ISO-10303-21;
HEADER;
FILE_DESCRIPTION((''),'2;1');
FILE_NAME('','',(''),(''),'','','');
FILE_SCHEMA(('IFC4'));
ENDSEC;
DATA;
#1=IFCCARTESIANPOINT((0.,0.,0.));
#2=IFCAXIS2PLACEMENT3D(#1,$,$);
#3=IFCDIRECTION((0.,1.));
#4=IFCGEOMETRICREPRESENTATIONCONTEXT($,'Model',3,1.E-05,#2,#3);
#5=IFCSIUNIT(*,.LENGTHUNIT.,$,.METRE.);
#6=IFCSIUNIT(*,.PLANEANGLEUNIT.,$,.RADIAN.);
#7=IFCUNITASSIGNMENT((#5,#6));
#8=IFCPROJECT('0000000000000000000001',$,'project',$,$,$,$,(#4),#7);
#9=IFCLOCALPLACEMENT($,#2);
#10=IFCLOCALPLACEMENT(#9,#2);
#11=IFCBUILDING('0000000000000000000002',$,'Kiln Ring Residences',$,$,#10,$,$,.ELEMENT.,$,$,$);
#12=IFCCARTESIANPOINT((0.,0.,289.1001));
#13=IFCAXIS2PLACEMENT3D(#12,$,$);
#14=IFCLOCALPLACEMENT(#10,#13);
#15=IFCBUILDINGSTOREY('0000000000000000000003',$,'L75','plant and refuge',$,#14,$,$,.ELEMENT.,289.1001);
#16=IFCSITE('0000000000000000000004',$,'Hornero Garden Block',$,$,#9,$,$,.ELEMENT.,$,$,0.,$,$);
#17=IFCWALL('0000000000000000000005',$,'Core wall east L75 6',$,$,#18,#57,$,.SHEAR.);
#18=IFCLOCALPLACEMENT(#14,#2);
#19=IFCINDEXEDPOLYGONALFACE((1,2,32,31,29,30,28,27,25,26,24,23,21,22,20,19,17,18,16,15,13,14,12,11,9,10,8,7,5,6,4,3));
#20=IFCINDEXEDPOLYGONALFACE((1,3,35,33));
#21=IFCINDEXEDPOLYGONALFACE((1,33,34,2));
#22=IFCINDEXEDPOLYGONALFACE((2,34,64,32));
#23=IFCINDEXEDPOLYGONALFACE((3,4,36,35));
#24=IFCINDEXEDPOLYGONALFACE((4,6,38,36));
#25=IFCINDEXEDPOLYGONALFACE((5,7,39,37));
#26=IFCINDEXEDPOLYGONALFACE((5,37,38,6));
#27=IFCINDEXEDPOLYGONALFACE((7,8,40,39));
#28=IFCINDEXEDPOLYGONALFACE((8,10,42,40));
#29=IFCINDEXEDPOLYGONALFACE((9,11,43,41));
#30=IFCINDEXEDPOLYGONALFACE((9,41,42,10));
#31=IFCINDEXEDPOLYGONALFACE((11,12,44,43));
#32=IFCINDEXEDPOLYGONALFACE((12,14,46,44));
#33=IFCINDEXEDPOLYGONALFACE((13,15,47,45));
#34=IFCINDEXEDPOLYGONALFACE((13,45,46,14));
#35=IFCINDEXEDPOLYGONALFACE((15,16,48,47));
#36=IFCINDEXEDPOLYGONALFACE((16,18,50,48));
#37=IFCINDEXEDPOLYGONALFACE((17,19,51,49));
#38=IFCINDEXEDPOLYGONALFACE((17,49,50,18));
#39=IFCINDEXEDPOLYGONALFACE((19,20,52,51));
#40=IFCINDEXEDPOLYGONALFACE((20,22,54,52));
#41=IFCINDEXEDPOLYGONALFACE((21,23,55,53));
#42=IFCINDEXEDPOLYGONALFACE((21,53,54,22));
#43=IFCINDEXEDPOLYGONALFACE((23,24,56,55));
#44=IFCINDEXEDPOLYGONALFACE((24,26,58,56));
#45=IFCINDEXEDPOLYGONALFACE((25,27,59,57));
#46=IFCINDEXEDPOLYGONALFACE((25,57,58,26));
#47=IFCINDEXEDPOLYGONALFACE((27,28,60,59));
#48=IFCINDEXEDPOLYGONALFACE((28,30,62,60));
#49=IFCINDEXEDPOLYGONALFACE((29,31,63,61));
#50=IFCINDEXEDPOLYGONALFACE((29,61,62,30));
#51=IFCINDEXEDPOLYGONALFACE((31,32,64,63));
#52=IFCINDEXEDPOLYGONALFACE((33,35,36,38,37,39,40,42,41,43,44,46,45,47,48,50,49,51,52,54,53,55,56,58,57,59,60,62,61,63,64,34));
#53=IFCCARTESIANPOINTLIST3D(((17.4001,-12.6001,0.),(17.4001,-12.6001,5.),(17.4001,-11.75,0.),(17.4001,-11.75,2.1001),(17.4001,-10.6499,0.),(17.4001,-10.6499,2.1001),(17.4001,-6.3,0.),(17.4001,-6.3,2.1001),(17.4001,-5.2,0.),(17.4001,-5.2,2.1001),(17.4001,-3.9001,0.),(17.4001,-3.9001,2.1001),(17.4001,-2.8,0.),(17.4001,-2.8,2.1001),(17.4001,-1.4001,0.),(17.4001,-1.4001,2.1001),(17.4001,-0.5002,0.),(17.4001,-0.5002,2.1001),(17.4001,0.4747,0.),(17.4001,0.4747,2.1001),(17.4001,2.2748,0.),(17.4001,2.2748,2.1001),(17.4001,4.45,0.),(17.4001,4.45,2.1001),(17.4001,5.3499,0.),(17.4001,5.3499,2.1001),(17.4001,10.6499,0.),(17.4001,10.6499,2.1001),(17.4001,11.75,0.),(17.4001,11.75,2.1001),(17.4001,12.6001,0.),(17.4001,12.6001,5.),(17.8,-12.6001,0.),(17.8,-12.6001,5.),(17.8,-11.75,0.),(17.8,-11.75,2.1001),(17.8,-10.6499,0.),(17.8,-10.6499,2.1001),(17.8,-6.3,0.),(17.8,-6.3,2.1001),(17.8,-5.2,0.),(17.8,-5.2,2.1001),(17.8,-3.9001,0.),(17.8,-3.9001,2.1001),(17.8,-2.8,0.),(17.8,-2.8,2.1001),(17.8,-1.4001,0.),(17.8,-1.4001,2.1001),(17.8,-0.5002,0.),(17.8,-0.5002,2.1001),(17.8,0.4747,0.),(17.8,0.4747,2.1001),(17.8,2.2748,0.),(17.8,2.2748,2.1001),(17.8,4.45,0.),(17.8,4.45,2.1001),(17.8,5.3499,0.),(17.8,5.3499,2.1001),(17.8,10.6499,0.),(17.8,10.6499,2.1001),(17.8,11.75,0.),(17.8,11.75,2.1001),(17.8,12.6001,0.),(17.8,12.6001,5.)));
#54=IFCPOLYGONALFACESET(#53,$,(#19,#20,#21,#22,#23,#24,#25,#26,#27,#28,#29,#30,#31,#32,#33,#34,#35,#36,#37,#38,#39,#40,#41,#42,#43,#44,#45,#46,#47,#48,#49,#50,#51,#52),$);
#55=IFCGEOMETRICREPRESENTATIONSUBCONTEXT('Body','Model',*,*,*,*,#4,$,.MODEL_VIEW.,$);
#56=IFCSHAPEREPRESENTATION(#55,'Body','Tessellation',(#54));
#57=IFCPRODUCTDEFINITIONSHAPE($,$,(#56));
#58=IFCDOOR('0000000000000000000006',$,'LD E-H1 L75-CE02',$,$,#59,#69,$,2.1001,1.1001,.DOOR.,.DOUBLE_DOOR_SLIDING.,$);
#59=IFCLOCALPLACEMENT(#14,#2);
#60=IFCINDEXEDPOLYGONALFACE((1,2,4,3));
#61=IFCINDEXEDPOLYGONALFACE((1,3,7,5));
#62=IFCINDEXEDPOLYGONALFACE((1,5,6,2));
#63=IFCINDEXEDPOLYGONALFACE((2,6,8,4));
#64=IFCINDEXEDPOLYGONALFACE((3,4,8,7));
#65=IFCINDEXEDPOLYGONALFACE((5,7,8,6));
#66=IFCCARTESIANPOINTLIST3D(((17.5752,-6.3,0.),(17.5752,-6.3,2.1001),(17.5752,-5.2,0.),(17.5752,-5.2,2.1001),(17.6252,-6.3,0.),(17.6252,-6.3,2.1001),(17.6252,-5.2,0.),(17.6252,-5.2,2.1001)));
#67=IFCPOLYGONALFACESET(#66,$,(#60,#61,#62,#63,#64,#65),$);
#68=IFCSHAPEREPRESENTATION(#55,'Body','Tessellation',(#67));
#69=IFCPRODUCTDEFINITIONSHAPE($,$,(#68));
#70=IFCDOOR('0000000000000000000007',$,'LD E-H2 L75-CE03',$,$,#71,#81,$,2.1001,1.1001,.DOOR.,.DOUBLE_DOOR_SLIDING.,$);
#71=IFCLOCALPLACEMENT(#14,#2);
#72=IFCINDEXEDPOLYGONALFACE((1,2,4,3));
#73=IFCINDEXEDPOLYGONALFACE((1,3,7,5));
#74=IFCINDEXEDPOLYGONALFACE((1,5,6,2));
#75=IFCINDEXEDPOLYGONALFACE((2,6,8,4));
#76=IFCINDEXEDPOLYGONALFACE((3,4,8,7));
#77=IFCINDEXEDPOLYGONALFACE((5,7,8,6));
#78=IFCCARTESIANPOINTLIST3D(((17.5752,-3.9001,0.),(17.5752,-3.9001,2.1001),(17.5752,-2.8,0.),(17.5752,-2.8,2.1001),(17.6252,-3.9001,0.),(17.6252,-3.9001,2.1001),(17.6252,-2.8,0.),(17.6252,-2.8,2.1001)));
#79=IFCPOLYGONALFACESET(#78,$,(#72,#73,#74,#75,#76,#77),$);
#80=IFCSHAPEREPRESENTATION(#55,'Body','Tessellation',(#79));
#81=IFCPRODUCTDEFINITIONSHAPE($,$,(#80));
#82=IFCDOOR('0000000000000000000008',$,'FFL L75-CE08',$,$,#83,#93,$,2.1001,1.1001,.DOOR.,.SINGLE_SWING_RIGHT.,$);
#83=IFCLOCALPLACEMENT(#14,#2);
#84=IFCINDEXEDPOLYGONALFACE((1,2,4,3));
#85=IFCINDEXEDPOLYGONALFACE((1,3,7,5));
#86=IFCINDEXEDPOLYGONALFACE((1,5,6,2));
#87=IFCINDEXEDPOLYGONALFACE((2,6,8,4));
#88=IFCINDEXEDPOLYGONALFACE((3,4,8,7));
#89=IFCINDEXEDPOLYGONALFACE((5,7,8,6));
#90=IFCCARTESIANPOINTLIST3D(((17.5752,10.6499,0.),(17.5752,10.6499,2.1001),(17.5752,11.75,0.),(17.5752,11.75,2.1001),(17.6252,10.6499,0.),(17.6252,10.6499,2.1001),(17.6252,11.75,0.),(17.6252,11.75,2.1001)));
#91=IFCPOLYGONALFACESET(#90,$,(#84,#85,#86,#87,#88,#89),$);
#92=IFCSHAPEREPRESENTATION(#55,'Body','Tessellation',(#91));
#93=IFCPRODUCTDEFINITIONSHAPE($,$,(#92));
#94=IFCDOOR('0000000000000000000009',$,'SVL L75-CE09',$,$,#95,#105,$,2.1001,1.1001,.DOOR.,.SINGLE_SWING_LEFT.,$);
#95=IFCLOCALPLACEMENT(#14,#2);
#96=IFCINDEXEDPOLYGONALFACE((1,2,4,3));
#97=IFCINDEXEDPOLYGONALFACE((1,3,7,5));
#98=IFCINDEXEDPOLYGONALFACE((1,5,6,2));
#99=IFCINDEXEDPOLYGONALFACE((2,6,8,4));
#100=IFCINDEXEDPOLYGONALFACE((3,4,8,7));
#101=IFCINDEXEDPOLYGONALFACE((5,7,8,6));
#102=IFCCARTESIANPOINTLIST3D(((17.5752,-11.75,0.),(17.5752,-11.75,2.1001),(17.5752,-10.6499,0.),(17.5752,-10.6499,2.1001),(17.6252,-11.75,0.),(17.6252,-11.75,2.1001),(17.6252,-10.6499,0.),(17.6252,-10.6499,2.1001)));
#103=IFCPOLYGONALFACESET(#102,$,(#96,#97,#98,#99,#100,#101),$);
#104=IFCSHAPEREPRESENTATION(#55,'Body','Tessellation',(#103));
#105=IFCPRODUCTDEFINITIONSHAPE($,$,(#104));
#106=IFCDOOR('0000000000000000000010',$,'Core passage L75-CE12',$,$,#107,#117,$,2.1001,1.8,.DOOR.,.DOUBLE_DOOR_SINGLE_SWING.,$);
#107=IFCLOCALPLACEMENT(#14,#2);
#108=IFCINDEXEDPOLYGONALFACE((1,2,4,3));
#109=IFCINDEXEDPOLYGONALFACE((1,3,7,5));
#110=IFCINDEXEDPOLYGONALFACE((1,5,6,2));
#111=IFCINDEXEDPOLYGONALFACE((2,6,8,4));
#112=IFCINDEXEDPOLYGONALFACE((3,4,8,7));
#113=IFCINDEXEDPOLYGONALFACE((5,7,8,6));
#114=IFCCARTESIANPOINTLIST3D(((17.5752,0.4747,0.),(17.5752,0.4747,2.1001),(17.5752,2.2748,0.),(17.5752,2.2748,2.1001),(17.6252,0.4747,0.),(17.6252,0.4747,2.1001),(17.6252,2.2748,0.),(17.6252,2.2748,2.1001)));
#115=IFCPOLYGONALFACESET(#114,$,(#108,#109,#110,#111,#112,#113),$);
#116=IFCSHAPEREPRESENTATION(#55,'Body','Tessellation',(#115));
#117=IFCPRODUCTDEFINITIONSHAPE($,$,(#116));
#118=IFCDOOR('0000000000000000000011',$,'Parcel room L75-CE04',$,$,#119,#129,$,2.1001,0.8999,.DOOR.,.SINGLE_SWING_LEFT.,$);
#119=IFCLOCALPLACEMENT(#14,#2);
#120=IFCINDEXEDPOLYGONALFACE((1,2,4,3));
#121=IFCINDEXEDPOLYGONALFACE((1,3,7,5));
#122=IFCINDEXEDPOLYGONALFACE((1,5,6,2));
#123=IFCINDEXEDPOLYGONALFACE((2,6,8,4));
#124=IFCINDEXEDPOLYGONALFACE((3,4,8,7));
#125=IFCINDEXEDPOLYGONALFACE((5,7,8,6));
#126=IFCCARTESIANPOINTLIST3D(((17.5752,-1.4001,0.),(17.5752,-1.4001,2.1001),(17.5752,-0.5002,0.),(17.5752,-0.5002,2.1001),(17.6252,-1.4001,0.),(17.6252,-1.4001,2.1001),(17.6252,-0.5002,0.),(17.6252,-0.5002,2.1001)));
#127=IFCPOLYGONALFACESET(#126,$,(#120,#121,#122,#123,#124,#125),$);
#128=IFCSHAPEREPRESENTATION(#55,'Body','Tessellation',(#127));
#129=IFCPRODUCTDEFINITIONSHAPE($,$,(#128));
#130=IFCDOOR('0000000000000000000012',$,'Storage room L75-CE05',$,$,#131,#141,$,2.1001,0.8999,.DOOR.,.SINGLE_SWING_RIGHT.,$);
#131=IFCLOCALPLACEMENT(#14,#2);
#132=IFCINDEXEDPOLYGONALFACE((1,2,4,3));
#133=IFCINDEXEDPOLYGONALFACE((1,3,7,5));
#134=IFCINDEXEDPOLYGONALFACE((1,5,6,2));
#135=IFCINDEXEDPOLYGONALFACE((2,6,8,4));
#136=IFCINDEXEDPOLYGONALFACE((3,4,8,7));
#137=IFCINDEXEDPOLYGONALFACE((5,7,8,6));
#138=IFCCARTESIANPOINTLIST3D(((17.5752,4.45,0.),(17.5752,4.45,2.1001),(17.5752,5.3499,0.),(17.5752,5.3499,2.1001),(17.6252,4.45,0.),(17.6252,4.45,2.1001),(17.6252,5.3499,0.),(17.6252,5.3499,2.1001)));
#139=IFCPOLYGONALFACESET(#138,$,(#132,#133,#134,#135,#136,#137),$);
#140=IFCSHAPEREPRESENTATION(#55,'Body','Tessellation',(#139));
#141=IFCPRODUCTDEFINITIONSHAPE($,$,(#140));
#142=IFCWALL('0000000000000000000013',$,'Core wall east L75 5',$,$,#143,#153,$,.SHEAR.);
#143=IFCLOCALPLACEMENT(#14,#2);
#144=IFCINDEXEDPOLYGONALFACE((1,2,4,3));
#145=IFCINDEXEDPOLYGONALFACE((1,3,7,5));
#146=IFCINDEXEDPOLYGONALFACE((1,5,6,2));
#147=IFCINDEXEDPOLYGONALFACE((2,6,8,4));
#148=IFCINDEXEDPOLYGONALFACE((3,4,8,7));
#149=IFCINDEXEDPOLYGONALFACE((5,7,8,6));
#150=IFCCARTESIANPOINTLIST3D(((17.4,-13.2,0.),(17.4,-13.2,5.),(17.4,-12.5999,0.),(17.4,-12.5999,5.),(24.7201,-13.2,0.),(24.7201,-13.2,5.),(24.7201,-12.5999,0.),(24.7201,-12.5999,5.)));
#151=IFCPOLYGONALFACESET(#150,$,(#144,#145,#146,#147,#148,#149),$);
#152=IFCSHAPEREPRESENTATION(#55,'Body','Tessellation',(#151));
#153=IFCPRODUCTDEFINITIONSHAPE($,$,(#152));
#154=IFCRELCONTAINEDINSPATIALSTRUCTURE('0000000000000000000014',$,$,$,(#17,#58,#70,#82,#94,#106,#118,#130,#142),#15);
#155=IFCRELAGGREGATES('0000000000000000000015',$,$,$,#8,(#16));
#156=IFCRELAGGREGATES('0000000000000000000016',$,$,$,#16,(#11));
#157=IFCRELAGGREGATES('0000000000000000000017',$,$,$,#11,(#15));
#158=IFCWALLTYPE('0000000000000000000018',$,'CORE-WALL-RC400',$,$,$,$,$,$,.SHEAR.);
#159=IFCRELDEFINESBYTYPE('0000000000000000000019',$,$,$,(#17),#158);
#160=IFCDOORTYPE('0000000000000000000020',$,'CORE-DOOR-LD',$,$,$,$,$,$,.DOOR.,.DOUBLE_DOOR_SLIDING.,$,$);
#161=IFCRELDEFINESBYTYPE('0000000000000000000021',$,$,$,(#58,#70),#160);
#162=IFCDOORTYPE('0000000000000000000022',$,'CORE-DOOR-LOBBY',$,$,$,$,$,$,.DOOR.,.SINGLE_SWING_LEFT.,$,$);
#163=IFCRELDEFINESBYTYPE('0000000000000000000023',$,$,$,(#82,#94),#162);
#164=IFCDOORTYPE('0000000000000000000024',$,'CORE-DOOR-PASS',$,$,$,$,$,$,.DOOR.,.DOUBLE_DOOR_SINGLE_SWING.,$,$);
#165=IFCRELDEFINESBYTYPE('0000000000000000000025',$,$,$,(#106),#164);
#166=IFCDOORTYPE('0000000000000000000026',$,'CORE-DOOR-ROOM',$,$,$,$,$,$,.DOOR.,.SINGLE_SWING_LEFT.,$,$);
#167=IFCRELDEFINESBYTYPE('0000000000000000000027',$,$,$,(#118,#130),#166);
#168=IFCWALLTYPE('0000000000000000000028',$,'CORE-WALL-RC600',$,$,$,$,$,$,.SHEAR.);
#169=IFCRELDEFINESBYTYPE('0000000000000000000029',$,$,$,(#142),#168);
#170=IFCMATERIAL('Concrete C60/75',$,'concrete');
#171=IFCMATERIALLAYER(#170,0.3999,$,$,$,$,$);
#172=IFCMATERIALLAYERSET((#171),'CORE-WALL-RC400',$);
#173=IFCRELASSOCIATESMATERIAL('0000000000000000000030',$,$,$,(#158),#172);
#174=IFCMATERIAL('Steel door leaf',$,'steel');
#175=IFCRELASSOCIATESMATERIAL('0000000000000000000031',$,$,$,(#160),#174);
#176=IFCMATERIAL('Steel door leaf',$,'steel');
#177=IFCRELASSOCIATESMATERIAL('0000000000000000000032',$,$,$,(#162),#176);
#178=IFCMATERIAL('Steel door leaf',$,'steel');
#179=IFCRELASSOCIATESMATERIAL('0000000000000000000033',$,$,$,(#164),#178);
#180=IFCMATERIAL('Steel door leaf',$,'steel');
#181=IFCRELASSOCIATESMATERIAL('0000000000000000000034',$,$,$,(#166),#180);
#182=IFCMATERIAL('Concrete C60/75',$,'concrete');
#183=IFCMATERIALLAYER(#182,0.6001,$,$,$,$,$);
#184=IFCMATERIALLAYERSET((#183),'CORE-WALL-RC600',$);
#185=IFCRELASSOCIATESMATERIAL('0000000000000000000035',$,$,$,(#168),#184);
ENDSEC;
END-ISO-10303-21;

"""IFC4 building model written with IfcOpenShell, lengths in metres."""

from ifc_helpers import new_model, si_unit, direction, frame, frame_2d, origin, place, context, subcontext, project, spatial, rectangle, extrude, material, layer, layer_set, type_object, element, fill, save


model = new_model("IFC4")

# Units and contexts
model_context = context("Model", 3, precision=1e-05, world=origin(), true_north=direction((0.0, 1.0)))
body_context = subcontext(model_context, "Body", "Model", "MODEL_VIEW")
ifc_project = project(units=[si_unit("LENGTHUNIT", "METRE"), si_unit("PLANEANGLEUNIT", "RADIAN")], contexts=[model_context])

# Site, building, storey
site_placement = place(None, origin())
site = spatial("IfcSite", under=ifc_project, at=site_placement, Name="Hornero Garden Block", CompositionType="ELEMENT", RefElevation=0.0)
building_placement = place(site_placement, origin())
building = spatial("IfcBuilding", under=site, at=building_placement, Name="Kiln Ring Residences", CompositionType="ELEMENT")
storey_placement = place(building_placement, frame((0.0, 0.0, 289.1001)))
storey = spatial("IfcBuildingStorey", under=building, at=storey_placement, Name="L75", Description="plant and refuge", CompositionType="ELEMENT", Elevation=289.1001)

# Wall, openings, doors
ifc_material_1 = material(Name="Concrete C60/75", Category="concrete")
ifc_layer_1 = layer(ifc_material_1, 0.3999)
ifc_layer_set_1 = layer_set([ifc_layer_1], Name="CORE-WALL-RC400")
wall_type_1 = type_object("IfcWallType", Name="CORE-WALL-RC400", PredefinedType="SHEAR", material=ifc_layer_set_1)
wall_1_placement = place(storey_placement, frame((17.6001, -12.6001, 0.0), z_axis=(0.0, 0.0, 1.0), x_axis=(0.0, 1.0, 0.0)))
wall_1 = element("IfcWall", 1, at=wall_1_placement, inside=storey, type_object=wall_type_1, Name="Core wall east L75 6", PredefinedType="SHEAR", context=body_context, shape_type="SweptSolid", body=[
    extrude(rectangle(XDim=25.2002, YDim=0.3999, at=frame_2d((12.6001, 0.0))), origin(), (0.0, 0.0, 1.0), 5.0),
])
opening_1_placement = place(wall_1_placement, frame((6.3, 0.0, 0.0)))
opening_1 = element("IfcOpeningElement", 2, at=opening_1_placement, cuts=wall_1, PredefinedType="OPENING", context=body_context, shape_type="SweptSolid", body=[
    extrude(rectangle(XDim=1.1001, YDim=2.1001, at=frame_2d((0.55, 1.05))), frame((0.0, 0.21, 0.0), z_axis=(0.0, -1.0, 0.0), x_axis=(1.0, 0.0, 0.0)), (0.0, 0.0, 1.0), 0.4199),
])
opening_2_placement = place(wall_1_placement, frame((8.7, 0.0, 0.0)))
opening_2 = element("IfcOpeningElement", 3, at=opening_2_placement, cuts=wall_1, PredefinedType="OPENING", context=body_context, shape_type="SweptSolid", body=[
    extrude(rectangle(XDim=1.1001, YDim=2.1001, at=frame_2d((0.55, 1.05))), frame((0.0, 0.21, 0.0), z_axis=(0.0, -1.0, 0.0), x_axis=(1.0, 0.0, 0.0)), (0.0, 0.0, 1.0), 0.4199),
])
opening_3_placement = place(wall_1_placement, frame((11.2, 0.0, 0.0)))
opening_3 = element("IfcOpeningElement", 4, at=opening_3_placement, cuts=wall_1, PredefinedType="OPENING", context=body_context, shape_type="SweptSolid", body=[
    extrude(rectangle(XDim=0.8999, YDim=2.1001, at=frame_2d((0.45, 1.05))), frame((0.0, 0.21, 0.0), z_axis=(0.0, -1.0, 0.0), x_axis=(1.0, 0.0, 0.0)), (0.0, 0.0, 1.0), 0.4199),
])
opening_4_placement = place(wall_1_placement, frame((17.05, 0.0, 0.0)))
opening_4 = element("IfcOpeningElement", 5, at=opening_4_placement, cuts=wall_1, PredefinedType="OPENING", context=body_context, shape_type="SweptSolid", body=[
    extrude(rectangle(XDim=0.8999, YDim=2.1001, at=frame_2d((0.45, 1.05))), frame((0.0, 0.21, 0.0), z_axis=(0.0, -1.0, 0.0), x_axis=(1.0, 0.0, 0.0)), (0.0, 0.0, 1.0), 0.4199),
])
opening_5_placement = place(wall_1_placement, frame((23.25, 0.0, 0.0)))
opening_5 = element("IfcOpeningElement", 6, at=opening_5_placement, cuts=wall_1, PredefinedType="OPENING", context=body_context, shape_type="SweptSolid", body=[
    extrude(rectangle(XDim=1.1001, YDim=2.1001, at=frame_2d((0.55, 1.05))), frame((0.0, 0.21, 0.0), z_axis=(0.0, -1.0, 0.0), x_axis=(1.0, 0.0, 0.0)), (0.0, 0.0, 1.0), 0.4199),
])
opening_6_placement = place(wall_1_placement, frame((0.8501, 0.0, 0.0)))
opening_6 = element("IfcOpeningElement", 7, at=opening_6_placement, cuts=wall_1, PredefinedType="OPENING", context=body_context, shape_type="SweptSolid", body=[
    extrude(rectangle(XDim=1.1001, YDim=2.1001, at=frame_2d((0.55, 1.05))), frame((0.0, 0.21, 0.0), z_axis=(0.0, -1.0, 0.0), x_axis=(1.0, 0.0, 0.0)), (0.0, 0.0, 1.0), 0.4199),
])
opening_7_placement = place(wall_1_placement, frame((13.075, 0.0, 0.0)))
opening_7 = element("IfcOpeningElement", 8, at=opening_7_placement, cuts=wall_1, PredefinedType="OPENING", context=body_context, shape_type="SweptSolid", body=[
    extrude(rectangle(XDim=1.8, YDim=2.1001, at=frame_2d((0.8999, 1.05))), frame((0.0, 0.21, 0.0), z_axis=(0.0, -1.0, 0.0), x_axis=(1.0, 0.0, 0.0)), (0.0, 0.0, 1.0), 0.4199),
])
ifc_material_2 = material(Name="Steel door leaf", Category="steel")
door_type_1 = type_object("IfcDoorType", Name="CORE-DOOR-LD", OperationType="DOUBLE_DOOR_SLIDING", PredefinedType="DOOR", material=ifc_material_2)
door_1_placement = place(opening_1_placement, origin())
door_1 = element("IfcDoor", 9, at=door_1_placement, inside=storey, type_object=door_type_1, Name="LD E-H1 L75-CE02", OperationType="DOUBLE_DOOR_SLIDING", OverallHeight=2.1001, OverallWidth=1.1001, PredefinedType="DOOR", context=body_context, shape_type="SweptSolid", body=[
    extrude(rectangle(XDim=1.1001, YDim=2.1001, at=frame_2d((0.55, 1.05))), frame((0.0, 0.0249, 0.0), z_axis=(0.0, -1.0, 0.0), x_axis=(1.0, 0.0, 0.0)), (0.0, 0.0, 1.0), 0.05),
])
fill(opening_1, door_1)
door_2_placement = place(opening_2_placement, origin())
door_2 = element("IfcDoor", 10, at=door_2_placement, inside=storey, type_object=door_type_1, Name="LD E-H2 L75-CE03", OperationType="DOUBLE_DOOR_SLIDING", OverallHeight=2.1001, OverallWidth=1.1001, PredefinedType="DOOR", context=body_context, shape_type="SweptSolid", body=[
    extrude(rectangle(XDim=1.1001, YDim=2.1001, at=frame_2d((0.55, 1.05))), frame((0.0, 0.0249, 0.0), z_axis=(0.0, -1.0, 0.0), x_axis=(1.0, 0.0, 0.0)), (0.0, 0.0, 1.0), 0.05),
])
fill(opening_2, door_2)
ifc_material_3 = material(Name="Steel door leaf", Category="steel")
door_type_2 = type_object("IfcDoorType", Name="CORE-DOOR-LOBBY", OperationType="SINGLE_SWING_LEFT", PredefinedType="DOOR", material=ifc_material_3)
door_3_placement = place(opening_5_placement, origin())
door_3 = element("IfcDoor", 11, at=door_3_placement, inside=storey, type_object=door_type_2, Name="FFL L75-CE08", OperationType="SINGLE_SWING_RIGHT", OverallHeight=2.1001, OverallWidth=1.1001, PredefinedType="DOOR", context=body_context, shape_type="SweptSolid", body=[
    extrude(rectangle(XDim=1.1001, YDim=2.1001, at=frame_2d((0.55, 1.05))), frame((0.0, 0.0249, 0.0), z_axis=(0.0, -1.0, 0.0), x_axis=(1.0, 0.0, 0.0)), (0.0, 0.0, 1.0), 0.05),
])
fill(opening_5, door_3)
door_4_placement = place(opening_6_placement, origin())
door_4 = element("IfcDoor", 12, at=door_4_placement, inside=storey, type_object=door_type_2, Name="SVL L75-CE09", OperationType="SINGLE_SWING_LEFT", OverallHeight=2.1001, OverallWidth=1.1001, PredefinedType="DOOR", context=body_context, shape_type="SweptSolid", body=[
    extrude(rectangle(XDim=1.1001, YDim=2.1001, at=frame_2d((0.55, 1.05))), frame((0.0, 0.0249, 0.0), z_axis=(0.0, -1.0, 0.0), x_axis=(1.0, 0.0, 0.0)), (0.0, 0.0, 1.0), 0.05),
])
fill(opening_6, door_4)
ifc_material_4 = material(Name="Steel door leaf", Category="steel")
door_type_3 = type_object("IfcDoorType", Name="CORE-DOOR-PASS", OperationType="DOUBLE_DOOR_SINGLE_SWING", PredefinedType="DOOR", material=ifc_material_4)
door_5_placement = place(opening_7_placement, origin())
door_5 = element("IfcDoor", 13, at=door_5_placement, inside=storey, type_object=door_type_3, Name="Core passage L75-CE12", OperationType="DOUBLE_DOOR_SINGLE_SWING", OverallHeight=2.1001, OverallWidth=1.8, PredefinedType="DOOR", context=body_context, shape_type="SweptSolid", body=[
    extrude(rectangle(XDim=1.8, YDim=2.1001, at=frame_2d((0.8999, 1.05))), frame((0.0, 0.0249, 0.0), z_axis=(0.0, -1.0, 0.0), x_axis=(1.0, 0.0, 0.0)), (0.0, 0.0, 1.0), 0.05),
])
fill(opening_7, door_5)
ifc_material_5 = material(Name="Steel door leaf", Category="steel")
door_type_4 = type_object("IfcDoorType", Name="CORE-DOOR-ROOM", OperationType="SINGLE_SWING_LEFT", PredefinedType="DOOR", material=ifc_material_5)
door_6_placement = place(opening_3_placement, origin())
door_6 = element("IfcDoor", 14, at=door_6_placement, inside=storey, type_object=door_type_4, Name="Parcel room L75-CE04", OperationType="SINGLE_SWING_LEFT", OverallHeight=2.1001, OverallWidth=0.8999, PredefinedType="DOOR", context=body_context, shape_type="SweptSolid", body=[
    extrude(rectangle(XDim=0.8999, YDim=2.1001, at=frame_2d((0.45, 1.05))), frame((0.0, 0.0249, 0.0), z_axis=(0.0, -1.0, 0.0), x_axis=(1.0, 0.0, 0.0)), (0.0, 0.0, 1.0), 0.05),
])
fill(opening_3, door_6)
door_7_placement = place(opening_4_placement, origin())
door_7 = element("IfcDoor", 15, at=door_7_placement, inside=storey, type_object=door_type_4, Name="Storage room L75-CE05", OperationType="SINGLE_SWING_RIGHT", OverallHeight=2.1001, OverallWidth=0.8999, PredefinedType="DOOR", context=body_context, shape_type="SweptSolid", body=[
    extrude(rectangle(XDim=0.8999, YDim=2.1001, at=frame_2d((0.45, 1.05))), frame((0.0, 0.0249, 0.0), z_axis=(0.0, -1.0, 0.0), x_axis=(1.0, 0.0, 0.0)), (0.0, 0.0, 1.0), 0.05),
])
fill(opening_4, door_7)

# Wall
ifc_material_6 = material(Name="Concrete C60/75", Category="concrete")
ifc_layer_2 = layer(ifc_material_6, 0.6001)
ifc_layer_set_2 = layer_set([ifc_layer_2], Name="CORE-WALL-RC600")
wall_type_2 = type_object("IfcWallType", Name="CORE-WALL-RC600", PredefinedType="SHEAR", material=ifc_layer_set_2)
wall_2_placement = place(storey_placement, frame((17.3999, -12.8999, 0.0), z_axis=(0.0, 0.0, 1.0), x_axis=(1.0, 0.0, 0.0)))
element("IfcWall", 16, at=wall_2_placement, inside=storey, type_object=wall_type_2, Name="Core wall east L75 5", PredefinedType="SHEAR", context=body_context, shape_type="SweptSolid", body=[
    extrude(rectangle(XDim=7.3201, YDim=0.6001, at=frame_2d((3.6602, 0.0))), origin(), (0.0, 0.0, 1.0), 5.0),
])

save(model, "model.ifc")
